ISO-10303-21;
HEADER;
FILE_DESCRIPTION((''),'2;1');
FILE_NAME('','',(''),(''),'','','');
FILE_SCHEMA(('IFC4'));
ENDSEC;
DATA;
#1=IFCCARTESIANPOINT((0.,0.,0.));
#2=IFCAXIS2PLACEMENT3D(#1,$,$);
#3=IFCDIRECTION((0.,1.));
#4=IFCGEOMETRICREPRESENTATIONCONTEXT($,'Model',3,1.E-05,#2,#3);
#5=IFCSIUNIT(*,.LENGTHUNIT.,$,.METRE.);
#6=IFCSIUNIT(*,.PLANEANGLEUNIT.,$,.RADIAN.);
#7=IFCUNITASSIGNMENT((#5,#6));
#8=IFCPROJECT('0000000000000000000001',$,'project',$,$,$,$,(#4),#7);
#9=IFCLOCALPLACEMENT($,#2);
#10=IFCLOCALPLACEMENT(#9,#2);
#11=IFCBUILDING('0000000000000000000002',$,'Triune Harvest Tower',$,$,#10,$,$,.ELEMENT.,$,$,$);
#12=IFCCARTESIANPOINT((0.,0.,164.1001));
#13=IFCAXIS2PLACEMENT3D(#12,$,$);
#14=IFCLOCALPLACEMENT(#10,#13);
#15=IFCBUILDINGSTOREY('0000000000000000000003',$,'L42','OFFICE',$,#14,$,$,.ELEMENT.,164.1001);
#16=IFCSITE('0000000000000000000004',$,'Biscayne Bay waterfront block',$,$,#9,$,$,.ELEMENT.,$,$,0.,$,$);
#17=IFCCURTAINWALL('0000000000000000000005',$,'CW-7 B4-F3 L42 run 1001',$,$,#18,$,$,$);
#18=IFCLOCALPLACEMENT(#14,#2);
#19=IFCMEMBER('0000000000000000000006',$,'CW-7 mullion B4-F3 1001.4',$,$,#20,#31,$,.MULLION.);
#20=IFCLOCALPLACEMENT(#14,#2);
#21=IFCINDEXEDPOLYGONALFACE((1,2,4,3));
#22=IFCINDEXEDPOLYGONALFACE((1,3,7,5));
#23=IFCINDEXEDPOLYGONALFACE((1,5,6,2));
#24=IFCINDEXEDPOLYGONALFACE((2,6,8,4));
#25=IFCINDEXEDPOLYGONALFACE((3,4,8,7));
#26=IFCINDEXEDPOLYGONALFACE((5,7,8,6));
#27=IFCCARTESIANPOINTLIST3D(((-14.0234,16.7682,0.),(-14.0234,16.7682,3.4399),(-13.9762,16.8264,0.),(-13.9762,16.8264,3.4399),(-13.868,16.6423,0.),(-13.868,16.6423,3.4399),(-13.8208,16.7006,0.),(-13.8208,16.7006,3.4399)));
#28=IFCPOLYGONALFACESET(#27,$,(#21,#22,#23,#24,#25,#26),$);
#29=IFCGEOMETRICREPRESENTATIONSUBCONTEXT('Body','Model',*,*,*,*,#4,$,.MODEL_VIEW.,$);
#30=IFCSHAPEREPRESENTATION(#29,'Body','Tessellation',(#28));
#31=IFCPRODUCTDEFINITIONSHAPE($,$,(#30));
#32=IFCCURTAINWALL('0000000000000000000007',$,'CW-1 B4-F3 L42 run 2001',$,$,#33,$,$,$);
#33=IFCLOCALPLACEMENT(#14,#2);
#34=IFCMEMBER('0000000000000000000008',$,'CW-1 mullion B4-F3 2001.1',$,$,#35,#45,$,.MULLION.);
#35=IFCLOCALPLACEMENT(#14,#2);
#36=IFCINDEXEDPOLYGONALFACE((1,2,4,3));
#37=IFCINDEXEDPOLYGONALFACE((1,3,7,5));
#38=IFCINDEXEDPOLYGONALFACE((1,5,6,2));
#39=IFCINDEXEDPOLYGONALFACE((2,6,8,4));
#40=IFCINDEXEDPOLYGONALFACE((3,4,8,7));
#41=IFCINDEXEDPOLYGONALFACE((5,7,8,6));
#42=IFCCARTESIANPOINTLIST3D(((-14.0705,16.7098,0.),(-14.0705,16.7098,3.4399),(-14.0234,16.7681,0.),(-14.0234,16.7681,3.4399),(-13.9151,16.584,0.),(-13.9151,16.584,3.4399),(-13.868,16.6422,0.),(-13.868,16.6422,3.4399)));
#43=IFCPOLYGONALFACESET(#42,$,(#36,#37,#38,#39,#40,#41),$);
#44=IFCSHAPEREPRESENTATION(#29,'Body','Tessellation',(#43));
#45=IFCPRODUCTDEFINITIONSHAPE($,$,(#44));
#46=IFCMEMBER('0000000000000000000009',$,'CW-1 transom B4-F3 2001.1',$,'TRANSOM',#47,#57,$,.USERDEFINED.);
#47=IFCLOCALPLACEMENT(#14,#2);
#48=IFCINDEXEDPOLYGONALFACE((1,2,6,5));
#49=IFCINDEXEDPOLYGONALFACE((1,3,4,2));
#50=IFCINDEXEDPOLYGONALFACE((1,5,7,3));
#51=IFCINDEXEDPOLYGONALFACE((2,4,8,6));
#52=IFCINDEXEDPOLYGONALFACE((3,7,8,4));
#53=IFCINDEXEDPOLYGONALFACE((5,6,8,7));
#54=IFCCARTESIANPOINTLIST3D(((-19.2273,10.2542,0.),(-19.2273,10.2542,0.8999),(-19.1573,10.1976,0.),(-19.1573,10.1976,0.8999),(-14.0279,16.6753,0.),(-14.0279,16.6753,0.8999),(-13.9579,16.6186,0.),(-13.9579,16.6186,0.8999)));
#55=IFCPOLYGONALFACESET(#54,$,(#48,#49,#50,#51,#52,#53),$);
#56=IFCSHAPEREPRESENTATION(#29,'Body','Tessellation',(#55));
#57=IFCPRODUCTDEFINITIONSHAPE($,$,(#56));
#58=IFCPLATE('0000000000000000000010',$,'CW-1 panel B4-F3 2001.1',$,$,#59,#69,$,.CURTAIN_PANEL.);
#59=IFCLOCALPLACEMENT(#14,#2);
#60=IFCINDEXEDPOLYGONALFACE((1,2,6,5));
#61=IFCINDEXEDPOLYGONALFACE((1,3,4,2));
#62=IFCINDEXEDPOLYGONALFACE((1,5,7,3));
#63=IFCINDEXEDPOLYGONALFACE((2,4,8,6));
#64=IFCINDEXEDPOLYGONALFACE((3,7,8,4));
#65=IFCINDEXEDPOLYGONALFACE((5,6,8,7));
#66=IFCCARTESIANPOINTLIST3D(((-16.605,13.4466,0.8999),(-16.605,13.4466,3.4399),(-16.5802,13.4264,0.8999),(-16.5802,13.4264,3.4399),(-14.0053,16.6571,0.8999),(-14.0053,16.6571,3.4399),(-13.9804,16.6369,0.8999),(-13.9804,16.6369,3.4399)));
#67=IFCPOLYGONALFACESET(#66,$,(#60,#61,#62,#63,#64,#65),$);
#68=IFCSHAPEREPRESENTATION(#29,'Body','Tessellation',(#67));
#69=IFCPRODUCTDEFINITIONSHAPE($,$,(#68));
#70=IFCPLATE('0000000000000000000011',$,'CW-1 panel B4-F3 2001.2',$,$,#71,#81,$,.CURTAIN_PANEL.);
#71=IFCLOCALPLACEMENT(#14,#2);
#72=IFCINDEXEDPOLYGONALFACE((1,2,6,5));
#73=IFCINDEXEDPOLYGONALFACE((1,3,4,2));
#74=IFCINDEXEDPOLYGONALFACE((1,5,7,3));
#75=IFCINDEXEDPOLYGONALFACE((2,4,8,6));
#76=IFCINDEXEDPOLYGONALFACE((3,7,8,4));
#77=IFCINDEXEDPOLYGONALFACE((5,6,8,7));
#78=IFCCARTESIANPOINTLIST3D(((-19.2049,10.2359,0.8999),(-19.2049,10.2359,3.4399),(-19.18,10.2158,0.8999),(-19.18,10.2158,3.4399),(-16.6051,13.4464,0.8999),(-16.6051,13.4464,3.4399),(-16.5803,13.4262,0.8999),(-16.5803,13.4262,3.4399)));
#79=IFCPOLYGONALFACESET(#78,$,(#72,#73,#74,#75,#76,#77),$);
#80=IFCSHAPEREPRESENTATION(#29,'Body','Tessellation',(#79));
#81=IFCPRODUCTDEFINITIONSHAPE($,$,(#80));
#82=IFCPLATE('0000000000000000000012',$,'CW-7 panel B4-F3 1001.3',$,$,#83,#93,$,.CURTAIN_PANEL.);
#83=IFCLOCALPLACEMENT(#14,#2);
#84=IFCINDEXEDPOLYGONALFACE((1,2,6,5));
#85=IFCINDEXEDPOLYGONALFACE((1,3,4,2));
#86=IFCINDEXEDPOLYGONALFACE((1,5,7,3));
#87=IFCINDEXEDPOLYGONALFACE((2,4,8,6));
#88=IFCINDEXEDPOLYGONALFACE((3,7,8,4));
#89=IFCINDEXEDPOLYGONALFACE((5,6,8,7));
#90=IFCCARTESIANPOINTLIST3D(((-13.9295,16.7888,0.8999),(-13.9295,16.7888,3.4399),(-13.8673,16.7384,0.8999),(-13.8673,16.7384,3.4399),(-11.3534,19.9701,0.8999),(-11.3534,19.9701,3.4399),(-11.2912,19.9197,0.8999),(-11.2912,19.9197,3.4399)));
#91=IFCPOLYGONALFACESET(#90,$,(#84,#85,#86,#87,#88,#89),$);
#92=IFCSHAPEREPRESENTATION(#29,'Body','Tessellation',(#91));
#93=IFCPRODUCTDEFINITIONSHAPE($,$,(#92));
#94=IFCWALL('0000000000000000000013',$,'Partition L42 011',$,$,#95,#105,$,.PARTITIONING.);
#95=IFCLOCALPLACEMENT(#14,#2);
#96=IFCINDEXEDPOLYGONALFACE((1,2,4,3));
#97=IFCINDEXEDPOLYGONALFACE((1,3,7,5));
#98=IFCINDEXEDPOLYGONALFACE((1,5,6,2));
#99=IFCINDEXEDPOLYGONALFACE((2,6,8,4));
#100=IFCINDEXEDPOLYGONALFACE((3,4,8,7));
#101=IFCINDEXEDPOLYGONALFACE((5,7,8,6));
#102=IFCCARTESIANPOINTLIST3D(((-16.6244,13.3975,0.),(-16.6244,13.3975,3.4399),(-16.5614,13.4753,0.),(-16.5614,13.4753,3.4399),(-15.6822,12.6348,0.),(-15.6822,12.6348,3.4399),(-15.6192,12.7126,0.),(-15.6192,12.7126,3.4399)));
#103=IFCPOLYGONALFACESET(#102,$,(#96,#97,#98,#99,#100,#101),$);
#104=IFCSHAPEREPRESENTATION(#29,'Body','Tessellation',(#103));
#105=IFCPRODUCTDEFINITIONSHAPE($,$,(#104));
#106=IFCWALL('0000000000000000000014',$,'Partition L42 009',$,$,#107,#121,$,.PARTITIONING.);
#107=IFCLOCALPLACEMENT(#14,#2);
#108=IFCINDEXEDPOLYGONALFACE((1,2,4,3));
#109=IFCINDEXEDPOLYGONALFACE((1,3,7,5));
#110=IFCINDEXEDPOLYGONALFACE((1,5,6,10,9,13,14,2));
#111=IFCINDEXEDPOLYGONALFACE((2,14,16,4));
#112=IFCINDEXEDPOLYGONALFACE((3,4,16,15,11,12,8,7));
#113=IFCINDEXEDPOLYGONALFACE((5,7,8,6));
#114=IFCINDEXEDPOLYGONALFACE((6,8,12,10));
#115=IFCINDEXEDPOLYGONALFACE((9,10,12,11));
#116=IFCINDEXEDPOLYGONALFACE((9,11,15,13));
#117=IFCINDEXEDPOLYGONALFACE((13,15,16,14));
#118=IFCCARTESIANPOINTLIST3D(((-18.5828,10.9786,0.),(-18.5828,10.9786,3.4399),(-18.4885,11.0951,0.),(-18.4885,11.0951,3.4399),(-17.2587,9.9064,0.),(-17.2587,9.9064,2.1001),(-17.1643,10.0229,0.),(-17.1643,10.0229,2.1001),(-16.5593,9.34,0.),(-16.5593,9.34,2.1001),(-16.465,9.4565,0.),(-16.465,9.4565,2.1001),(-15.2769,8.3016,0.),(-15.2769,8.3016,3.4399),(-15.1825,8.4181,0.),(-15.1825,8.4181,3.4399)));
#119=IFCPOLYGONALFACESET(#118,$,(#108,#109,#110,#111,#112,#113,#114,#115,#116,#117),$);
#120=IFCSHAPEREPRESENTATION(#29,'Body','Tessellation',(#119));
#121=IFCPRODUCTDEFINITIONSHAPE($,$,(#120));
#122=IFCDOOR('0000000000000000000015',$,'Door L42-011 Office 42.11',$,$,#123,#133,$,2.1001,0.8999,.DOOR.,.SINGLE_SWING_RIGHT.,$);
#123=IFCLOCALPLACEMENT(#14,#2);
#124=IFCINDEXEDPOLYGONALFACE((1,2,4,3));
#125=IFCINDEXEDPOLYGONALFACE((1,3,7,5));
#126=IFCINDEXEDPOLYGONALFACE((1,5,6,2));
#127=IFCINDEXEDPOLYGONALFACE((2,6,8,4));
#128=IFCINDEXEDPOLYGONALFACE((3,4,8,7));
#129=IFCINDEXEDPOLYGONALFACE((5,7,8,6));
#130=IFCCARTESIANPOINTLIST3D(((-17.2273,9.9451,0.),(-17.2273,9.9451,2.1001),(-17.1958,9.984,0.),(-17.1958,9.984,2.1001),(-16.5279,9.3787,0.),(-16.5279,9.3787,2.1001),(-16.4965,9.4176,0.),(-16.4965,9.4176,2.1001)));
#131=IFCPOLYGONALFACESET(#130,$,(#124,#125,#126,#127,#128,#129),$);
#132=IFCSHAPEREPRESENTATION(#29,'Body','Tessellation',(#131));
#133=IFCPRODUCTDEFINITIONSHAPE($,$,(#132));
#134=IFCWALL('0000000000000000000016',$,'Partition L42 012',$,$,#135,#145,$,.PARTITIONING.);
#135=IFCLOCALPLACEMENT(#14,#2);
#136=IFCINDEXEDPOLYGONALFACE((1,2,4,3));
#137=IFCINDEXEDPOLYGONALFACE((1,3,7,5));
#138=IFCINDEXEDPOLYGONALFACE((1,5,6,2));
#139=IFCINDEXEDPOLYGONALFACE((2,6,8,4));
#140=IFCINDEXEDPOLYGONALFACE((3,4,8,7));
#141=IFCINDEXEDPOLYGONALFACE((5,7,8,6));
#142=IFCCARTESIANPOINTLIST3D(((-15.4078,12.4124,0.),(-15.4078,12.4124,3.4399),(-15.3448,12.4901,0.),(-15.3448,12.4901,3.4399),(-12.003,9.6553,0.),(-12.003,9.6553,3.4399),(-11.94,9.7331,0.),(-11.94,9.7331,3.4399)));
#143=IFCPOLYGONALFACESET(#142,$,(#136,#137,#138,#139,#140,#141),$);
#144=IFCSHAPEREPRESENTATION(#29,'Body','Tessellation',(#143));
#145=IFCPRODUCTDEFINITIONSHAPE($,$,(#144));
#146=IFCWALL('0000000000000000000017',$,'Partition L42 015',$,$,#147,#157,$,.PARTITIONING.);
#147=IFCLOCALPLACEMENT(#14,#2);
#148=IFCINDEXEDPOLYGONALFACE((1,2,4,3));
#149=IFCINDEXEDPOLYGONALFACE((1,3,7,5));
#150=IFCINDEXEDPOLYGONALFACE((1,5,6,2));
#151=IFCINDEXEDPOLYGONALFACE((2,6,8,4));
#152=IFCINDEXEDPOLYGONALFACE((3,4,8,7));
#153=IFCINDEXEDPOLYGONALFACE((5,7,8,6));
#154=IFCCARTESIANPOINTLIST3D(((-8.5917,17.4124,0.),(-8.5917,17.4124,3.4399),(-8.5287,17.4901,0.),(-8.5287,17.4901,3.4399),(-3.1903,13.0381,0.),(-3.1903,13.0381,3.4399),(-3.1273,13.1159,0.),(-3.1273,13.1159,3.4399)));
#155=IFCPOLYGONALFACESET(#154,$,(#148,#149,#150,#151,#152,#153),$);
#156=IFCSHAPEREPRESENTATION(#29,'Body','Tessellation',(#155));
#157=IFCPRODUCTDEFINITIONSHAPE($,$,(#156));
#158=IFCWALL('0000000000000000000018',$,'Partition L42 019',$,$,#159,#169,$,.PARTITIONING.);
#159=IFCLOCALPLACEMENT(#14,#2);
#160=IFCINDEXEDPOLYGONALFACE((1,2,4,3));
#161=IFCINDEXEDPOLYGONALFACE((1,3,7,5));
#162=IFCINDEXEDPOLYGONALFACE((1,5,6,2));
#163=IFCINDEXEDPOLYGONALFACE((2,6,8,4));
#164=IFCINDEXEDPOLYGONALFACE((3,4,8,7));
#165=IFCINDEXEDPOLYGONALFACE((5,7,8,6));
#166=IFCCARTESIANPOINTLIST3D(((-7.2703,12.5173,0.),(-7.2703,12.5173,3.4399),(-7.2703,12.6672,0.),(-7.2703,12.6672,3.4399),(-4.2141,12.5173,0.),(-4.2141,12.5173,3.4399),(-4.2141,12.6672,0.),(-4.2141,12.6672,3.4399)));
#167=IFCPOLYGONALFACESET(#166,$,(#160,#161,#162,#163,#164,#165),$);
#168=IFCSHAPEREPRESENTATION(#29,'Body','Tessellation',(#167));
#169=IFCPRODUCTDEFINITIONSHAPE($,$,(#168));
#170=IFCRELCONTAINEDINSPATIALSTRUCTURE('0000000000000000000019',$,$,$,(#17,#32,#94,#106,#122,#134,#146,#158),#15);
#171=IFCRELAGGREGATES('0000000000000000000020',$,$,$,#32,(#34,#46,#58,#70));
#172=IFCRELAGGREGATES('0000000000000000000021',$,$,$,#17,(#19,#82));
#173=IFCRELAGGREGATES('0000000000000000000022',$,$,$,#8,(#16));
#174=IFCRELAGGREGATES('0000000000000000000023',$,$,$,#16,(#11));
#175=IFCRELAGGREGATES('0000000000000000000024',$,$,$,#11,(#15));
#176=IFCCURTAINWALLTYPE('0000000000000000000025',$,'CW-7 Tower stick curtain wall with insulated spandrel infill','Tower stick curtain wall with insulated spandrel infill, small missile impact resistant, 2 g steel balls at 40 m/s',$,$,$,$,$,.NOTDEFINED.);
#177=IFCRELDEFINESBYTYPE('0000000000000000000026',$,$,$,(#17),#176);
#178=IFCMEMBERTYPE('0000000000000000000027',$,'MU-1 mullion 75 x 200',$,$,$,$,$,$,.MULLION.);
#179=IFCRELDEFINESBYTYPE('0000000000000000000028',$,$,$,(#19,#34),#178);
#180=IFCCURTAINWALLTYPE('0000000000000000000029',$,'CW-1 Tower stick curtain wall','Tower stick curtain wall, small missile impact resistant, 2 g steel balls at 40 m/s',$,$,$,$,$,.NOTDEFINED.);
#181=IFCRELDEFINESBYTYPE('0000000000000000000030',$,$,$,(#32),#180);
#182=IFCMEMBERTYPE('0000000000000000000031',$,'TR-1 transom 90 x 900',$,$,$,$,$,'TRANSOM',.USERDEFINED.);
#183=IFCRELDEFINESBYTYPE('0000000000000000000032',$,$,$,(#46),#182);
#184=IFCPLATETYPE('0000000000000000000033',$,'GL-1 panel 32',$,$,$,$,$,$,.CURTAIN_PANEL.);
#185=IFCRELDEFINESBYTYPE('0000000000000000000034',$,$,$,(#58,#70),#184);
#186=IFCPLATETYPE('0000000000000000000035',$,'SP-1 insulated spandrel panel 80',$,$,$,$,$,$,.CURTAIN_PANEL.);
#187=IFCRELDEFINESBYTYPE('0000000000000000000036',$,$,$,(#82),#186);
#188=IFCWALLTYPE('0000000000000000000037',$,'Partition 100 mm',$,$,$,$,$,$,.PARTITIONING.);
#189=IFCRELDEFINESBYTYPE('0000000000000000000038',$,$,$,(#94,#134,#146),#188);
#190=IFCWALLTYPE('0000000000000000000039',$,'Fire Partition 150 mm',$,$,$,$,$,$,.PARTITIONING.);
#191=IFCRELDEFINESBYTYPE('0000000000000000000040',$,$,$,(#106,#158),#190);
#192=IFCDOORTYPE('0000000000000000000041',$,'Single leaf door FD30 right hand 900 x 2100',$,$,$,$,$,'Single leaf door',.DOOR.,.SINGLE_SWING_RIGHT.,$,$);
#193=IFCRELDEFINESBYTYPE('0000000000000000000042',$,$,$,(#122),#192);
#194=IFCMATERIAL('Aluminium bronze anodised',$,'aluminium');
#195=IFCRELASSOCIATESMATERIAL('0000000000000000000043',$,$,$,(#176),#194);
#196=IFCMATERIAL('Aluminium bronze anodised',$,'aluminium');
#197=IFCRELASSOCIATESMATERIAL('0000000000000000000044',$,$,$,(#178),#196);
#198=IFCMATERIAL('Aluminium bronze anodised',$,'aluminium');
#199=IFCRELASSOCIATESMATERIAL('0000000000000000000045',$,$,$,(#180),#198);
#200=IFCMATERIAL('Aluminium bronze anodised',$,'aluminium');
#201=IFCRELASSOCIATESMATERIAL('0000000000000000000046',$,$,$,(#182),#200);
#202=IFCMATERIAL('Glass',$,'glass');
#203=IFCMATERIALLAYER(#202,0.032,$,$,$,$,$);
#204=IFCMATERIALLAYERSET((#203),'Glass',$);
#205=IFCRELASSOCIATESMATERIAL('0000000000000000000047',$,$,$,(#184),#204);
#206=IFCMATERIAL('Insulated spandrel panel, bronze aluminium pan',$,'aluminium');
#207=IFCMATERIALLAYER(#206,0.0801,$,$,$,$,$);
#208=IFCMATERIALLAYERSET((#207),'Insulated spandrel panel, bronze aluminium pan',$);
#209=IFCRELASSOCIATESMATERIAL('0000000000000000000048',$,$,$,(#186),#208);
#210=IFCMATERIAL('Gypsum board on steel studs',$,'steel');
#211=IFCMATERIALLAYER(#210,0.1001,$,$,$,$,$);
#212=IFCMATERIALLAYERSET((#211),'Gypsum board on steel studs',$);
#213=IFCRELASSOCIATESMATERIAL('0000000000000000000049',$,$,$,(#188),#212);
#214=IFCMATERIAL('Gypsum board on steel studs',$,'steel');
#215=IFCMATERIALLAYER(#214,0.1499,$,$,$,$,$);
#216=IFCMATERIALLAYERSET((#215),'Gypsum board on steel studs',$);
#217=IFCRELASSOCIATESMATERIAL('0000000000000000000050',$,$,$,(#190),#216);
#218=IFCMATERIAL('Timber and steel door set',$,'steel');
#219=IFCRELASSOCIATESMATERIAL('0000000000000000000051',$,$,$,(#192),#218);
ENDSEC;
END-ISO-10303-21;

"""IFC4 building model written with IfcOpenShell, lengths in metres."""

from ifc_helpers import new_model, si_unit, direction, frame, frame_2d, origin, origin_2d, place, context, subcontext, project, spatial, rectangle, extrude, source, transform, mapped, material, layer, layer_set, material_profile, profile_set, type_object, element, fill, aggregate, save


model = new_model("IFC4")

# Units and contexts
model_context = context("Model", 3, precision=1e-05, world=origin(), true_north=direction((0.0, 1.0)))
body_context = subcontext(model_context, "Body", "Model", "MODEL_VIEW")
ifc_project = project(units=[si_unit("LENGTHUNIT", "METRE"), si_unit("PLANEANGLEUNIT", "RADIAN")], contexts=[model_context])

# Site, building, storey
site_placement = place(None, origin())
site = spatial("IfcSite", under=ifc_project, at=site_placement, Name="Biscayne Bay waterfront block", CompositionType="ELEMENT", RefElevation=0.0)
building_placement = place(site_placement, origin())
building = spatial("IfcBuilding", under=site, at=building_placement, Name="Triune Harvest Tower", CompositionType="ELEMENT")
storey_placement = place(building_placement, frame((0.0, 0.0, 164.1001)))
storey = spatial("IfcBuildingStorey", under=building, at=storey_placement, Name="L42", Description="OFFICE", CompositionType="ELEMENT", Elevation=164.1001)

# Curtain wall, member
ifc_material_1 = material(Name="Aluminium bronze anodised", Category="aluminium")
curtain_wall_type_1 = type_object("IfcCurtainWallType", Name="CW-7 Tower stick curtain wall with insulated spandrel infill", Description="Tower stick curtain wall with insulated spandrel infill, small missile impact resistant, 2 g steel balls at 40 m/s", PredefinedType="NOTDEFINED", material=ifc_material_1)
curtain_wall_1_placement = place(storey_placement, origin())
curtain_wall_1 = element("IfcCurtainWall", 1, at=curtain_wall_1_placement, inside=storey, type_object=curtain_wall_type_1, Name="CW-7 B4-F3 L42 run 1001")
ifc_material_2 = material(Name="Aluminium bronze anodised", Category="aluminium")
ifc_material_profile_1 = material_profile(ifc_material_2, rectangle(XDim=0.2, YDim=0.075, at=origin_2d()), Name="MU-1 mullion 75 x 200")
ifc_profile_set_1 = profile_set([ifc_material_profile_1], Name="Aluminium bronze anodised")
member_type_1 = type_object("IfcMemberType", Name="MU-1 mullion 75 x 200", PredefinedType="MULLION", material=ifc_profile_set_1)
shared_shape_1 = source(origin(), body_context, "Body", "SweptSolid", [
    extrude(rectangle(XDim=0.2, YDim=0.075, at=origin_2d()), origin(), (0.0, 0.0, 1.0), 3.4399),
])
member_1_placement = place(storey_placement, frame((-13.9221, 16.7344, 0.0), z_axis=(0.0, 0.0, 1.0), x_axis=(0.777145, -0.629321, 0.0)))
member_1 = element("IfcMember", 2, at=member_1_placement, type_object=member_type_1, Name="CW-7 mullion B4-F3 1001.4", PredefinedType="MULLION", context=body_context, shape_type="MappedRepresentation", body=[
    mapped(shared_shape_1, transform((0.0, 0.0, 0.0), scale=1.0)),
])

# Curtain wall, members, plates
ifc_material_3 = material(Name="Aluminium bronze anodised", Category="aluminium")
curtain_wall_type_2 = type_object("IfcCurtainWallType", Name="CW-1 Tower stick curtain wall", Description="Tower stick curtain wall, small missile impact resistant, 2 g steel balls at 40 m/s", PredefinedType="NOTDEFINED", material=ifc_material_3)
curtain_wall_2_placement = place(storey_placement, origin())
curtain_wall_2 = element("IfcCurtainWall", 3, at=curtain_wall_2_placement, inside=storey, type_object=curtain_wall_type_2, Name="CW-1 B4-F3 L42 run 2001")
member_2_placement = place(storey_placement, frame((-13.9692, 16.676, 0.0), z_axis=(0.0, 0.0, 1.0), x_axis=(0.777149, -0.629317, 0.0)))
member_2 = element("IfcMember", 4, at=member_2_placement, type_object=member_type_1, Name="CW-1 mullion B4-F3 2001.1", PredefinedType="MULLION", context=body_context, shape_type="MappedRepresentation", body=[
    mapped(shared_shape_1, transform((0.0, 0.0, 0.0), scale=1.0)),
])
ifc_material_4 = material(Name="Aluminium bronze anodised", Category="aluminium")
ifc_material_profile_2 = material_profile(ifc_material_4, rectangle(XDim=0.0901, YDim=0.8999, at=origin_2d()), Name="TR-1 transom 90 x 900")
ifc_profile_set_2 = profile_set([ifc_material_profile_2], Name="Aluminium bronze anodised")
member_type_2 = type_object("IfcMemberType", Name="TR-1 transom 90 x 900", ElementType="TRANSOM", PredefinedType="USERDEFINED", material=ifc_profile_set_2)
shared_shape_2 = source(origin(), body_context, "Body", "SweptSolid", [
    extrude(rectangle(XDim=0.0901, YDim=0.8999, at=origin_2d()), origin(), (0.0, 0.0, 1.0), 8.2622),
])
member_3_placement = place(storey_placement, frame((-13.9929, 16.647, 0.45), z_axis=(-0.6293, -0.777162, 0.0), x_axis=(0.777162, -0.6293, 0.0)))
member_3 = element("IfcMember", 5, at=member_3_placement, type_object=member_type_2, Name="CW-1 transom B4-F3 2001.1", ObjectType="TRANSOM", PredefinedType="USERDEFINED", context=body_context, shape_type="MappedRepresentation", body=[
    mapped(shared_shape_2, transform((0.0, 0.0, 0.0), scale=1.0)),
])
ifc_material_5 = material(Name="Glass", Category="glass")
ifc_layer_1 = layer(ifc_material_5, 0.032)
ifc_layer_set_1 = layer_set([ifc_layer_1], Name="Glass")
plate_type_1 = type_object("IfcPlateType", Name="GL-1 panel 32", PredefinedType="CURTAIN_PANEL", material=ifc_layer_set_1)
shared_shape_3 = source(origin(), body_context, "Body", "SweptSolid", [
    extrude(rectangle(XDim=4.1311, YDim=0.032, at=origin_2d()), origin(), (0.0, 0.0, 1.0), 2.54),
])
plate_1_placement = place(storey_placement, frame((-15.2927, 15.0417, 0.8999), z_axis=(0.0, 0.0, 1.0), x_axis=(-0.629317, -0.777149, 0.0)))
plate_1 = element("IfcPlate", 6, at=plate_1_placement, type_object=plate_type_1, Name="CW-1 panel B4-F3 2001.1", PredefinedType="CURTAIN_PANEL", context=body_context, shape_type="MappedRepresentation", body=[
    mapped(shared_shape_3, transform((0.0, 0.0, 0.0), scale=1.0)),
])
plate_2_placement = place(storey_placement, frame((-17.8926, 11.8311, 0.8999), z_axis=(0.0, 0.0, 1.0), x_axis=(-0.629317, -0.777149, 0.0)))
plate_2 = element("IfcPlate", 7, at=plate_2_placement, type_object=plate_type_1, Name="CW-1 panel B4-F3 2001.2", PredefinedType="CURTAIN_PANEL", context=body_context, shape_type="MappedRepresentation", body=[
    mapped(shared_shape_3, transform((0.0, 0.0, 0.0), scale=1.0)),
])
aggregate(curtain_wall_2, [member_2, member_3, plate_1, plate_2])

# Plate
ifc_material_6 = material(Name="Insulated spandrel panel, bronze aluminium pan", Category="aluminium")
ifc_layer_2 = layer(ifc_material_6, 0.0801)
ifc_layer_set_2 = layer_set([ifc_layer_2], Name="Insulated spandrel panel, bronze aluminium pan")
plate_type_2 = type_object("IfcPlateType", Name="SP-1 insulated spandrel panel 80", PredefinedType="CURTAIN_PANEL", material=ifc_layer_set_2)
shared_shape_4 = source(origin(), body_context, "Body", "SweptSolid", [
    extrude(rectangle(XDim=4.0935, YDim=0.0801, at=origin_2d()), origin(), (0.0, 0.0, 1.0), 2.54),
])
plate_3_placement = place(storey_placement, frame((-12.6104, 18.3542, 0.8999), z_axis=(0.0, 0.0, 1.0), x_axis=(-0.629321, -0.777145, 0.0)))
plate_3 = element("IfcPlate", 8, at=plate_3_placement, type_object=plate_type_2, Name="CW-7 panel B4-F3 1001.3", PredefinedType="CURTAIN_PANEL", context=body_context, shape_type="MappedRepresentation", body=[
    mapped(shared_shape_4, transform((0.0, 0.0, 0.0), scale=1.0)),
])
aggregate(curtain_wall_1, [member_1, plate_3])

# Wall
ifc_material_7 = material(Name="Gypsum board on steel studs", Category="steel")
ifc_layer_3 = layer(ifc_material_7, 0.1001)
ifc_layer_set_3 = layer_set([ifc_layer_3], Name="Gypsum board on steel studs")
wall_type_1 = type_object("IfcWallType", Name="Partition 100 mm", PredefinedType="PARTITIONING", material=ifc_layer_set_3)
shared_shape_5 = source(origin(), body_context, "Body", "SweptSolid", [
    extrude(rectangle(XDim=1.2122, YDim=0.1001, at=frame_2d((0.606, 0.0))), origin(), (0.0, 0.0, 1.0), 3.4399),
])
wall_1_placement = place(storey_placement, frame((-16.5928, 13.4363, 0.0), z_axis=(0.0, 0.0, 1.0), x_axis=(0.77724, -0.629204, 0.0)))
element("IfcWall", 9, at=wall_1_placement, inside=storey, type_object=wall_type_1, Name="Partition L42 011", PredefinedType="PARTITIONING", context=body_context, shape_type="MappedRepresentation", body=[
    mapped(shared_shape_5, transform((0.0, 0.0, 0.0), scale=1.0)),
])

# Wall, opening, door
ifc_material_8 = material(Name="Gypsum board on steel studs", Category="steel")
ifc_layer_4 = layer(ifc_material_8, 0.1499)
ifc_layer_set_4 = layer_set([ifc_layer_4], Name="Gypsum board on steel studs")
wall_type_2 = type_object("IfcWallType", Name="Fire Partition 150 mm", PredefinedType="PARTITIONING", material=ifc_layer_set_4)
shared_shape_6 = source(origin(), body_context, "Body", "SweptSolid", [
    extrude(rectangle(XDim=4.2539, YDim=0.1499, at=frame_2d((2.127, 0.0))), origin(), (0.0, 0.0, 1.0), 3.4399),
])
wall_2_placement = place(storey_placement, frame((-18.5356, 11.0369, 0.0), z_axis=(0.0, 0.0, 1.0), x_axis=(0.777154, -0.62931, 0.0)))
wall_2 = element("IfcWall", 10, at=wall_2_placement, inside=storey, type_object=wall_type_2, Name="Partition L42 009", PredefinedType="PARTITIONING", context=body_context, shape_type="MappedRepresentation", body=[
    mapped(shared_shape_6, transform((0.0, 0.0, 0.0), scale=1.0)),
])
opening_1_placement = place(wall_2_placement, frame((1.7039, 0.0, 0.0)))
opening_1 = element("IfcOpeningElement", 11, at=opening_1_placement, cuts=wall_2, PredefinedType="OPENING", context=body_context, shape_type="SweptSolid", body=[
    extrude(rectangle(XDim=0.8999, YDim=2.1001, at=frame_2d((0.45, 1.05))), frame((0.0, 0.085, 0.0), z_axis=(0.0, -1.0, 0.0), x_axis=(1.0, 0.0, 0.0)), (0.0, 0.0, 1.0), 0.1699),
])
ifc_material_9 = material(Name="Timber and steel door set", Category="steel")
door_type = type_object("IfcDoorType", Name="Single leaf door FD30 right hand 900 x 2100", ElementType="Single leaf door", OperationType="SINGLE_SWING_RIGHT", PredefinedType="DOOR", material=ifc_material_9)
door_1_placement = place(opening_1_placement, origin())
door_1 = element("IfcDoor", 12, at=door_1_placement, inside=storey, type_object=door_type, Name="Door L42-011 Office 42.11", OperationType="SINGLE_SWING_RIGHT", OverallHeight=2.1001, OverallWidth=0.8999, PredefinedType="DOOR", context=body_context, shape_type="SweptSolid", body=[
    extrude(rectangle(XDim=0.8999, YDim=2.1001, at=frame_2d((0.45, 1.05))), frame((0.0, 0.0249, 0.0), z_axis=(0.0, -1.0, 0.0), x_axis=(1.0, 0.0, 0.0)), (0.0, 0.0, 1.0), 0.05),
])
fill(opening_1, door_1)

# Walls
shared_shape_7 = source(origin(), body_context, "Body", "SweptSolid", [
    extrude(rectangle(XDim=4.3811, YDim=0.1001, at=frame_2d((2.1904, 0.0))), origin(), (0.0, 0.0, 1.0), 3.4399),
])
wall_3_placement = place(storey_placement, frame((-15.3762, 12.4512, 0.0), z_axis=(0.0, 0.0, 1.0), x_axis=(0.777153, -0.629312, 0.0)))
element("IfcWall", 13, at=wall_3_placement, inside=storey, type_object=wall_type_1, Name="Partition L42 012", PredefinedType="PARTITIONING", context=body_context, shape_type="MappedRepresentation", body=[
    mapped(shared_shape_7, transform((0.0, 0.0, 0.0), scale=1.0)),
])
shared_shape_8 = source(origin(), body_context, "Body", "SweptSolid", [
    extrude(rectangle(XDim=6.9504, YDim=0.1001, at=frame_2d((3.4751, 0.0))), origin(), (0.0, 0.0, 1.0), 3.4399),
])
wall_4_placement = place(storey_placement, frame((-8.5601, 17.4512, 0.0), z_axis=(0.0, 0.0, 1.0), x_axis=(0.777123, -0.629349, 0.0)))
element("IfcWall", 14, at=wall_4_placement, inside=storey, type_object=wall_type_1, Name="Partition L42 015", PredefinedType="PARTITIONING", context=body_context, shape_type="MappedRepresentation", body=[
    mapped(shared_shape_8, transform((0.0, 0.0, 0.0), scale=1.0)),
])
shared_shape_9 = source(origin(), body_context, "Body", "SweptSolid", [
    extrude(rectangle(XDim=3.0562, YDim=0.1499, at=frame_2d((1.5281, 0.0))), origin(), (0.0, 0.0, 1.0), 3.4399),
])
wall_5_placement = place(storey_placement, frame((-7.2703, 12.5923, 0.0), z_axis=(0.0, 0.0, 1.0), x_axis=(1.0, 0.0, 0.0)))
element("IfcWall", 15, at=wall_5_placement, inside=storey, type_object=wall_type_2, Name="Partition L42 019", PredefinedType="PARTITIONING", context=body_context, shape_type="MappedRepresentation", body=[
    mapped(shared_shape_9, transform((0.0, 0.0, 0.0), scale=1.0)),
])

save(model, "model.ifc")
